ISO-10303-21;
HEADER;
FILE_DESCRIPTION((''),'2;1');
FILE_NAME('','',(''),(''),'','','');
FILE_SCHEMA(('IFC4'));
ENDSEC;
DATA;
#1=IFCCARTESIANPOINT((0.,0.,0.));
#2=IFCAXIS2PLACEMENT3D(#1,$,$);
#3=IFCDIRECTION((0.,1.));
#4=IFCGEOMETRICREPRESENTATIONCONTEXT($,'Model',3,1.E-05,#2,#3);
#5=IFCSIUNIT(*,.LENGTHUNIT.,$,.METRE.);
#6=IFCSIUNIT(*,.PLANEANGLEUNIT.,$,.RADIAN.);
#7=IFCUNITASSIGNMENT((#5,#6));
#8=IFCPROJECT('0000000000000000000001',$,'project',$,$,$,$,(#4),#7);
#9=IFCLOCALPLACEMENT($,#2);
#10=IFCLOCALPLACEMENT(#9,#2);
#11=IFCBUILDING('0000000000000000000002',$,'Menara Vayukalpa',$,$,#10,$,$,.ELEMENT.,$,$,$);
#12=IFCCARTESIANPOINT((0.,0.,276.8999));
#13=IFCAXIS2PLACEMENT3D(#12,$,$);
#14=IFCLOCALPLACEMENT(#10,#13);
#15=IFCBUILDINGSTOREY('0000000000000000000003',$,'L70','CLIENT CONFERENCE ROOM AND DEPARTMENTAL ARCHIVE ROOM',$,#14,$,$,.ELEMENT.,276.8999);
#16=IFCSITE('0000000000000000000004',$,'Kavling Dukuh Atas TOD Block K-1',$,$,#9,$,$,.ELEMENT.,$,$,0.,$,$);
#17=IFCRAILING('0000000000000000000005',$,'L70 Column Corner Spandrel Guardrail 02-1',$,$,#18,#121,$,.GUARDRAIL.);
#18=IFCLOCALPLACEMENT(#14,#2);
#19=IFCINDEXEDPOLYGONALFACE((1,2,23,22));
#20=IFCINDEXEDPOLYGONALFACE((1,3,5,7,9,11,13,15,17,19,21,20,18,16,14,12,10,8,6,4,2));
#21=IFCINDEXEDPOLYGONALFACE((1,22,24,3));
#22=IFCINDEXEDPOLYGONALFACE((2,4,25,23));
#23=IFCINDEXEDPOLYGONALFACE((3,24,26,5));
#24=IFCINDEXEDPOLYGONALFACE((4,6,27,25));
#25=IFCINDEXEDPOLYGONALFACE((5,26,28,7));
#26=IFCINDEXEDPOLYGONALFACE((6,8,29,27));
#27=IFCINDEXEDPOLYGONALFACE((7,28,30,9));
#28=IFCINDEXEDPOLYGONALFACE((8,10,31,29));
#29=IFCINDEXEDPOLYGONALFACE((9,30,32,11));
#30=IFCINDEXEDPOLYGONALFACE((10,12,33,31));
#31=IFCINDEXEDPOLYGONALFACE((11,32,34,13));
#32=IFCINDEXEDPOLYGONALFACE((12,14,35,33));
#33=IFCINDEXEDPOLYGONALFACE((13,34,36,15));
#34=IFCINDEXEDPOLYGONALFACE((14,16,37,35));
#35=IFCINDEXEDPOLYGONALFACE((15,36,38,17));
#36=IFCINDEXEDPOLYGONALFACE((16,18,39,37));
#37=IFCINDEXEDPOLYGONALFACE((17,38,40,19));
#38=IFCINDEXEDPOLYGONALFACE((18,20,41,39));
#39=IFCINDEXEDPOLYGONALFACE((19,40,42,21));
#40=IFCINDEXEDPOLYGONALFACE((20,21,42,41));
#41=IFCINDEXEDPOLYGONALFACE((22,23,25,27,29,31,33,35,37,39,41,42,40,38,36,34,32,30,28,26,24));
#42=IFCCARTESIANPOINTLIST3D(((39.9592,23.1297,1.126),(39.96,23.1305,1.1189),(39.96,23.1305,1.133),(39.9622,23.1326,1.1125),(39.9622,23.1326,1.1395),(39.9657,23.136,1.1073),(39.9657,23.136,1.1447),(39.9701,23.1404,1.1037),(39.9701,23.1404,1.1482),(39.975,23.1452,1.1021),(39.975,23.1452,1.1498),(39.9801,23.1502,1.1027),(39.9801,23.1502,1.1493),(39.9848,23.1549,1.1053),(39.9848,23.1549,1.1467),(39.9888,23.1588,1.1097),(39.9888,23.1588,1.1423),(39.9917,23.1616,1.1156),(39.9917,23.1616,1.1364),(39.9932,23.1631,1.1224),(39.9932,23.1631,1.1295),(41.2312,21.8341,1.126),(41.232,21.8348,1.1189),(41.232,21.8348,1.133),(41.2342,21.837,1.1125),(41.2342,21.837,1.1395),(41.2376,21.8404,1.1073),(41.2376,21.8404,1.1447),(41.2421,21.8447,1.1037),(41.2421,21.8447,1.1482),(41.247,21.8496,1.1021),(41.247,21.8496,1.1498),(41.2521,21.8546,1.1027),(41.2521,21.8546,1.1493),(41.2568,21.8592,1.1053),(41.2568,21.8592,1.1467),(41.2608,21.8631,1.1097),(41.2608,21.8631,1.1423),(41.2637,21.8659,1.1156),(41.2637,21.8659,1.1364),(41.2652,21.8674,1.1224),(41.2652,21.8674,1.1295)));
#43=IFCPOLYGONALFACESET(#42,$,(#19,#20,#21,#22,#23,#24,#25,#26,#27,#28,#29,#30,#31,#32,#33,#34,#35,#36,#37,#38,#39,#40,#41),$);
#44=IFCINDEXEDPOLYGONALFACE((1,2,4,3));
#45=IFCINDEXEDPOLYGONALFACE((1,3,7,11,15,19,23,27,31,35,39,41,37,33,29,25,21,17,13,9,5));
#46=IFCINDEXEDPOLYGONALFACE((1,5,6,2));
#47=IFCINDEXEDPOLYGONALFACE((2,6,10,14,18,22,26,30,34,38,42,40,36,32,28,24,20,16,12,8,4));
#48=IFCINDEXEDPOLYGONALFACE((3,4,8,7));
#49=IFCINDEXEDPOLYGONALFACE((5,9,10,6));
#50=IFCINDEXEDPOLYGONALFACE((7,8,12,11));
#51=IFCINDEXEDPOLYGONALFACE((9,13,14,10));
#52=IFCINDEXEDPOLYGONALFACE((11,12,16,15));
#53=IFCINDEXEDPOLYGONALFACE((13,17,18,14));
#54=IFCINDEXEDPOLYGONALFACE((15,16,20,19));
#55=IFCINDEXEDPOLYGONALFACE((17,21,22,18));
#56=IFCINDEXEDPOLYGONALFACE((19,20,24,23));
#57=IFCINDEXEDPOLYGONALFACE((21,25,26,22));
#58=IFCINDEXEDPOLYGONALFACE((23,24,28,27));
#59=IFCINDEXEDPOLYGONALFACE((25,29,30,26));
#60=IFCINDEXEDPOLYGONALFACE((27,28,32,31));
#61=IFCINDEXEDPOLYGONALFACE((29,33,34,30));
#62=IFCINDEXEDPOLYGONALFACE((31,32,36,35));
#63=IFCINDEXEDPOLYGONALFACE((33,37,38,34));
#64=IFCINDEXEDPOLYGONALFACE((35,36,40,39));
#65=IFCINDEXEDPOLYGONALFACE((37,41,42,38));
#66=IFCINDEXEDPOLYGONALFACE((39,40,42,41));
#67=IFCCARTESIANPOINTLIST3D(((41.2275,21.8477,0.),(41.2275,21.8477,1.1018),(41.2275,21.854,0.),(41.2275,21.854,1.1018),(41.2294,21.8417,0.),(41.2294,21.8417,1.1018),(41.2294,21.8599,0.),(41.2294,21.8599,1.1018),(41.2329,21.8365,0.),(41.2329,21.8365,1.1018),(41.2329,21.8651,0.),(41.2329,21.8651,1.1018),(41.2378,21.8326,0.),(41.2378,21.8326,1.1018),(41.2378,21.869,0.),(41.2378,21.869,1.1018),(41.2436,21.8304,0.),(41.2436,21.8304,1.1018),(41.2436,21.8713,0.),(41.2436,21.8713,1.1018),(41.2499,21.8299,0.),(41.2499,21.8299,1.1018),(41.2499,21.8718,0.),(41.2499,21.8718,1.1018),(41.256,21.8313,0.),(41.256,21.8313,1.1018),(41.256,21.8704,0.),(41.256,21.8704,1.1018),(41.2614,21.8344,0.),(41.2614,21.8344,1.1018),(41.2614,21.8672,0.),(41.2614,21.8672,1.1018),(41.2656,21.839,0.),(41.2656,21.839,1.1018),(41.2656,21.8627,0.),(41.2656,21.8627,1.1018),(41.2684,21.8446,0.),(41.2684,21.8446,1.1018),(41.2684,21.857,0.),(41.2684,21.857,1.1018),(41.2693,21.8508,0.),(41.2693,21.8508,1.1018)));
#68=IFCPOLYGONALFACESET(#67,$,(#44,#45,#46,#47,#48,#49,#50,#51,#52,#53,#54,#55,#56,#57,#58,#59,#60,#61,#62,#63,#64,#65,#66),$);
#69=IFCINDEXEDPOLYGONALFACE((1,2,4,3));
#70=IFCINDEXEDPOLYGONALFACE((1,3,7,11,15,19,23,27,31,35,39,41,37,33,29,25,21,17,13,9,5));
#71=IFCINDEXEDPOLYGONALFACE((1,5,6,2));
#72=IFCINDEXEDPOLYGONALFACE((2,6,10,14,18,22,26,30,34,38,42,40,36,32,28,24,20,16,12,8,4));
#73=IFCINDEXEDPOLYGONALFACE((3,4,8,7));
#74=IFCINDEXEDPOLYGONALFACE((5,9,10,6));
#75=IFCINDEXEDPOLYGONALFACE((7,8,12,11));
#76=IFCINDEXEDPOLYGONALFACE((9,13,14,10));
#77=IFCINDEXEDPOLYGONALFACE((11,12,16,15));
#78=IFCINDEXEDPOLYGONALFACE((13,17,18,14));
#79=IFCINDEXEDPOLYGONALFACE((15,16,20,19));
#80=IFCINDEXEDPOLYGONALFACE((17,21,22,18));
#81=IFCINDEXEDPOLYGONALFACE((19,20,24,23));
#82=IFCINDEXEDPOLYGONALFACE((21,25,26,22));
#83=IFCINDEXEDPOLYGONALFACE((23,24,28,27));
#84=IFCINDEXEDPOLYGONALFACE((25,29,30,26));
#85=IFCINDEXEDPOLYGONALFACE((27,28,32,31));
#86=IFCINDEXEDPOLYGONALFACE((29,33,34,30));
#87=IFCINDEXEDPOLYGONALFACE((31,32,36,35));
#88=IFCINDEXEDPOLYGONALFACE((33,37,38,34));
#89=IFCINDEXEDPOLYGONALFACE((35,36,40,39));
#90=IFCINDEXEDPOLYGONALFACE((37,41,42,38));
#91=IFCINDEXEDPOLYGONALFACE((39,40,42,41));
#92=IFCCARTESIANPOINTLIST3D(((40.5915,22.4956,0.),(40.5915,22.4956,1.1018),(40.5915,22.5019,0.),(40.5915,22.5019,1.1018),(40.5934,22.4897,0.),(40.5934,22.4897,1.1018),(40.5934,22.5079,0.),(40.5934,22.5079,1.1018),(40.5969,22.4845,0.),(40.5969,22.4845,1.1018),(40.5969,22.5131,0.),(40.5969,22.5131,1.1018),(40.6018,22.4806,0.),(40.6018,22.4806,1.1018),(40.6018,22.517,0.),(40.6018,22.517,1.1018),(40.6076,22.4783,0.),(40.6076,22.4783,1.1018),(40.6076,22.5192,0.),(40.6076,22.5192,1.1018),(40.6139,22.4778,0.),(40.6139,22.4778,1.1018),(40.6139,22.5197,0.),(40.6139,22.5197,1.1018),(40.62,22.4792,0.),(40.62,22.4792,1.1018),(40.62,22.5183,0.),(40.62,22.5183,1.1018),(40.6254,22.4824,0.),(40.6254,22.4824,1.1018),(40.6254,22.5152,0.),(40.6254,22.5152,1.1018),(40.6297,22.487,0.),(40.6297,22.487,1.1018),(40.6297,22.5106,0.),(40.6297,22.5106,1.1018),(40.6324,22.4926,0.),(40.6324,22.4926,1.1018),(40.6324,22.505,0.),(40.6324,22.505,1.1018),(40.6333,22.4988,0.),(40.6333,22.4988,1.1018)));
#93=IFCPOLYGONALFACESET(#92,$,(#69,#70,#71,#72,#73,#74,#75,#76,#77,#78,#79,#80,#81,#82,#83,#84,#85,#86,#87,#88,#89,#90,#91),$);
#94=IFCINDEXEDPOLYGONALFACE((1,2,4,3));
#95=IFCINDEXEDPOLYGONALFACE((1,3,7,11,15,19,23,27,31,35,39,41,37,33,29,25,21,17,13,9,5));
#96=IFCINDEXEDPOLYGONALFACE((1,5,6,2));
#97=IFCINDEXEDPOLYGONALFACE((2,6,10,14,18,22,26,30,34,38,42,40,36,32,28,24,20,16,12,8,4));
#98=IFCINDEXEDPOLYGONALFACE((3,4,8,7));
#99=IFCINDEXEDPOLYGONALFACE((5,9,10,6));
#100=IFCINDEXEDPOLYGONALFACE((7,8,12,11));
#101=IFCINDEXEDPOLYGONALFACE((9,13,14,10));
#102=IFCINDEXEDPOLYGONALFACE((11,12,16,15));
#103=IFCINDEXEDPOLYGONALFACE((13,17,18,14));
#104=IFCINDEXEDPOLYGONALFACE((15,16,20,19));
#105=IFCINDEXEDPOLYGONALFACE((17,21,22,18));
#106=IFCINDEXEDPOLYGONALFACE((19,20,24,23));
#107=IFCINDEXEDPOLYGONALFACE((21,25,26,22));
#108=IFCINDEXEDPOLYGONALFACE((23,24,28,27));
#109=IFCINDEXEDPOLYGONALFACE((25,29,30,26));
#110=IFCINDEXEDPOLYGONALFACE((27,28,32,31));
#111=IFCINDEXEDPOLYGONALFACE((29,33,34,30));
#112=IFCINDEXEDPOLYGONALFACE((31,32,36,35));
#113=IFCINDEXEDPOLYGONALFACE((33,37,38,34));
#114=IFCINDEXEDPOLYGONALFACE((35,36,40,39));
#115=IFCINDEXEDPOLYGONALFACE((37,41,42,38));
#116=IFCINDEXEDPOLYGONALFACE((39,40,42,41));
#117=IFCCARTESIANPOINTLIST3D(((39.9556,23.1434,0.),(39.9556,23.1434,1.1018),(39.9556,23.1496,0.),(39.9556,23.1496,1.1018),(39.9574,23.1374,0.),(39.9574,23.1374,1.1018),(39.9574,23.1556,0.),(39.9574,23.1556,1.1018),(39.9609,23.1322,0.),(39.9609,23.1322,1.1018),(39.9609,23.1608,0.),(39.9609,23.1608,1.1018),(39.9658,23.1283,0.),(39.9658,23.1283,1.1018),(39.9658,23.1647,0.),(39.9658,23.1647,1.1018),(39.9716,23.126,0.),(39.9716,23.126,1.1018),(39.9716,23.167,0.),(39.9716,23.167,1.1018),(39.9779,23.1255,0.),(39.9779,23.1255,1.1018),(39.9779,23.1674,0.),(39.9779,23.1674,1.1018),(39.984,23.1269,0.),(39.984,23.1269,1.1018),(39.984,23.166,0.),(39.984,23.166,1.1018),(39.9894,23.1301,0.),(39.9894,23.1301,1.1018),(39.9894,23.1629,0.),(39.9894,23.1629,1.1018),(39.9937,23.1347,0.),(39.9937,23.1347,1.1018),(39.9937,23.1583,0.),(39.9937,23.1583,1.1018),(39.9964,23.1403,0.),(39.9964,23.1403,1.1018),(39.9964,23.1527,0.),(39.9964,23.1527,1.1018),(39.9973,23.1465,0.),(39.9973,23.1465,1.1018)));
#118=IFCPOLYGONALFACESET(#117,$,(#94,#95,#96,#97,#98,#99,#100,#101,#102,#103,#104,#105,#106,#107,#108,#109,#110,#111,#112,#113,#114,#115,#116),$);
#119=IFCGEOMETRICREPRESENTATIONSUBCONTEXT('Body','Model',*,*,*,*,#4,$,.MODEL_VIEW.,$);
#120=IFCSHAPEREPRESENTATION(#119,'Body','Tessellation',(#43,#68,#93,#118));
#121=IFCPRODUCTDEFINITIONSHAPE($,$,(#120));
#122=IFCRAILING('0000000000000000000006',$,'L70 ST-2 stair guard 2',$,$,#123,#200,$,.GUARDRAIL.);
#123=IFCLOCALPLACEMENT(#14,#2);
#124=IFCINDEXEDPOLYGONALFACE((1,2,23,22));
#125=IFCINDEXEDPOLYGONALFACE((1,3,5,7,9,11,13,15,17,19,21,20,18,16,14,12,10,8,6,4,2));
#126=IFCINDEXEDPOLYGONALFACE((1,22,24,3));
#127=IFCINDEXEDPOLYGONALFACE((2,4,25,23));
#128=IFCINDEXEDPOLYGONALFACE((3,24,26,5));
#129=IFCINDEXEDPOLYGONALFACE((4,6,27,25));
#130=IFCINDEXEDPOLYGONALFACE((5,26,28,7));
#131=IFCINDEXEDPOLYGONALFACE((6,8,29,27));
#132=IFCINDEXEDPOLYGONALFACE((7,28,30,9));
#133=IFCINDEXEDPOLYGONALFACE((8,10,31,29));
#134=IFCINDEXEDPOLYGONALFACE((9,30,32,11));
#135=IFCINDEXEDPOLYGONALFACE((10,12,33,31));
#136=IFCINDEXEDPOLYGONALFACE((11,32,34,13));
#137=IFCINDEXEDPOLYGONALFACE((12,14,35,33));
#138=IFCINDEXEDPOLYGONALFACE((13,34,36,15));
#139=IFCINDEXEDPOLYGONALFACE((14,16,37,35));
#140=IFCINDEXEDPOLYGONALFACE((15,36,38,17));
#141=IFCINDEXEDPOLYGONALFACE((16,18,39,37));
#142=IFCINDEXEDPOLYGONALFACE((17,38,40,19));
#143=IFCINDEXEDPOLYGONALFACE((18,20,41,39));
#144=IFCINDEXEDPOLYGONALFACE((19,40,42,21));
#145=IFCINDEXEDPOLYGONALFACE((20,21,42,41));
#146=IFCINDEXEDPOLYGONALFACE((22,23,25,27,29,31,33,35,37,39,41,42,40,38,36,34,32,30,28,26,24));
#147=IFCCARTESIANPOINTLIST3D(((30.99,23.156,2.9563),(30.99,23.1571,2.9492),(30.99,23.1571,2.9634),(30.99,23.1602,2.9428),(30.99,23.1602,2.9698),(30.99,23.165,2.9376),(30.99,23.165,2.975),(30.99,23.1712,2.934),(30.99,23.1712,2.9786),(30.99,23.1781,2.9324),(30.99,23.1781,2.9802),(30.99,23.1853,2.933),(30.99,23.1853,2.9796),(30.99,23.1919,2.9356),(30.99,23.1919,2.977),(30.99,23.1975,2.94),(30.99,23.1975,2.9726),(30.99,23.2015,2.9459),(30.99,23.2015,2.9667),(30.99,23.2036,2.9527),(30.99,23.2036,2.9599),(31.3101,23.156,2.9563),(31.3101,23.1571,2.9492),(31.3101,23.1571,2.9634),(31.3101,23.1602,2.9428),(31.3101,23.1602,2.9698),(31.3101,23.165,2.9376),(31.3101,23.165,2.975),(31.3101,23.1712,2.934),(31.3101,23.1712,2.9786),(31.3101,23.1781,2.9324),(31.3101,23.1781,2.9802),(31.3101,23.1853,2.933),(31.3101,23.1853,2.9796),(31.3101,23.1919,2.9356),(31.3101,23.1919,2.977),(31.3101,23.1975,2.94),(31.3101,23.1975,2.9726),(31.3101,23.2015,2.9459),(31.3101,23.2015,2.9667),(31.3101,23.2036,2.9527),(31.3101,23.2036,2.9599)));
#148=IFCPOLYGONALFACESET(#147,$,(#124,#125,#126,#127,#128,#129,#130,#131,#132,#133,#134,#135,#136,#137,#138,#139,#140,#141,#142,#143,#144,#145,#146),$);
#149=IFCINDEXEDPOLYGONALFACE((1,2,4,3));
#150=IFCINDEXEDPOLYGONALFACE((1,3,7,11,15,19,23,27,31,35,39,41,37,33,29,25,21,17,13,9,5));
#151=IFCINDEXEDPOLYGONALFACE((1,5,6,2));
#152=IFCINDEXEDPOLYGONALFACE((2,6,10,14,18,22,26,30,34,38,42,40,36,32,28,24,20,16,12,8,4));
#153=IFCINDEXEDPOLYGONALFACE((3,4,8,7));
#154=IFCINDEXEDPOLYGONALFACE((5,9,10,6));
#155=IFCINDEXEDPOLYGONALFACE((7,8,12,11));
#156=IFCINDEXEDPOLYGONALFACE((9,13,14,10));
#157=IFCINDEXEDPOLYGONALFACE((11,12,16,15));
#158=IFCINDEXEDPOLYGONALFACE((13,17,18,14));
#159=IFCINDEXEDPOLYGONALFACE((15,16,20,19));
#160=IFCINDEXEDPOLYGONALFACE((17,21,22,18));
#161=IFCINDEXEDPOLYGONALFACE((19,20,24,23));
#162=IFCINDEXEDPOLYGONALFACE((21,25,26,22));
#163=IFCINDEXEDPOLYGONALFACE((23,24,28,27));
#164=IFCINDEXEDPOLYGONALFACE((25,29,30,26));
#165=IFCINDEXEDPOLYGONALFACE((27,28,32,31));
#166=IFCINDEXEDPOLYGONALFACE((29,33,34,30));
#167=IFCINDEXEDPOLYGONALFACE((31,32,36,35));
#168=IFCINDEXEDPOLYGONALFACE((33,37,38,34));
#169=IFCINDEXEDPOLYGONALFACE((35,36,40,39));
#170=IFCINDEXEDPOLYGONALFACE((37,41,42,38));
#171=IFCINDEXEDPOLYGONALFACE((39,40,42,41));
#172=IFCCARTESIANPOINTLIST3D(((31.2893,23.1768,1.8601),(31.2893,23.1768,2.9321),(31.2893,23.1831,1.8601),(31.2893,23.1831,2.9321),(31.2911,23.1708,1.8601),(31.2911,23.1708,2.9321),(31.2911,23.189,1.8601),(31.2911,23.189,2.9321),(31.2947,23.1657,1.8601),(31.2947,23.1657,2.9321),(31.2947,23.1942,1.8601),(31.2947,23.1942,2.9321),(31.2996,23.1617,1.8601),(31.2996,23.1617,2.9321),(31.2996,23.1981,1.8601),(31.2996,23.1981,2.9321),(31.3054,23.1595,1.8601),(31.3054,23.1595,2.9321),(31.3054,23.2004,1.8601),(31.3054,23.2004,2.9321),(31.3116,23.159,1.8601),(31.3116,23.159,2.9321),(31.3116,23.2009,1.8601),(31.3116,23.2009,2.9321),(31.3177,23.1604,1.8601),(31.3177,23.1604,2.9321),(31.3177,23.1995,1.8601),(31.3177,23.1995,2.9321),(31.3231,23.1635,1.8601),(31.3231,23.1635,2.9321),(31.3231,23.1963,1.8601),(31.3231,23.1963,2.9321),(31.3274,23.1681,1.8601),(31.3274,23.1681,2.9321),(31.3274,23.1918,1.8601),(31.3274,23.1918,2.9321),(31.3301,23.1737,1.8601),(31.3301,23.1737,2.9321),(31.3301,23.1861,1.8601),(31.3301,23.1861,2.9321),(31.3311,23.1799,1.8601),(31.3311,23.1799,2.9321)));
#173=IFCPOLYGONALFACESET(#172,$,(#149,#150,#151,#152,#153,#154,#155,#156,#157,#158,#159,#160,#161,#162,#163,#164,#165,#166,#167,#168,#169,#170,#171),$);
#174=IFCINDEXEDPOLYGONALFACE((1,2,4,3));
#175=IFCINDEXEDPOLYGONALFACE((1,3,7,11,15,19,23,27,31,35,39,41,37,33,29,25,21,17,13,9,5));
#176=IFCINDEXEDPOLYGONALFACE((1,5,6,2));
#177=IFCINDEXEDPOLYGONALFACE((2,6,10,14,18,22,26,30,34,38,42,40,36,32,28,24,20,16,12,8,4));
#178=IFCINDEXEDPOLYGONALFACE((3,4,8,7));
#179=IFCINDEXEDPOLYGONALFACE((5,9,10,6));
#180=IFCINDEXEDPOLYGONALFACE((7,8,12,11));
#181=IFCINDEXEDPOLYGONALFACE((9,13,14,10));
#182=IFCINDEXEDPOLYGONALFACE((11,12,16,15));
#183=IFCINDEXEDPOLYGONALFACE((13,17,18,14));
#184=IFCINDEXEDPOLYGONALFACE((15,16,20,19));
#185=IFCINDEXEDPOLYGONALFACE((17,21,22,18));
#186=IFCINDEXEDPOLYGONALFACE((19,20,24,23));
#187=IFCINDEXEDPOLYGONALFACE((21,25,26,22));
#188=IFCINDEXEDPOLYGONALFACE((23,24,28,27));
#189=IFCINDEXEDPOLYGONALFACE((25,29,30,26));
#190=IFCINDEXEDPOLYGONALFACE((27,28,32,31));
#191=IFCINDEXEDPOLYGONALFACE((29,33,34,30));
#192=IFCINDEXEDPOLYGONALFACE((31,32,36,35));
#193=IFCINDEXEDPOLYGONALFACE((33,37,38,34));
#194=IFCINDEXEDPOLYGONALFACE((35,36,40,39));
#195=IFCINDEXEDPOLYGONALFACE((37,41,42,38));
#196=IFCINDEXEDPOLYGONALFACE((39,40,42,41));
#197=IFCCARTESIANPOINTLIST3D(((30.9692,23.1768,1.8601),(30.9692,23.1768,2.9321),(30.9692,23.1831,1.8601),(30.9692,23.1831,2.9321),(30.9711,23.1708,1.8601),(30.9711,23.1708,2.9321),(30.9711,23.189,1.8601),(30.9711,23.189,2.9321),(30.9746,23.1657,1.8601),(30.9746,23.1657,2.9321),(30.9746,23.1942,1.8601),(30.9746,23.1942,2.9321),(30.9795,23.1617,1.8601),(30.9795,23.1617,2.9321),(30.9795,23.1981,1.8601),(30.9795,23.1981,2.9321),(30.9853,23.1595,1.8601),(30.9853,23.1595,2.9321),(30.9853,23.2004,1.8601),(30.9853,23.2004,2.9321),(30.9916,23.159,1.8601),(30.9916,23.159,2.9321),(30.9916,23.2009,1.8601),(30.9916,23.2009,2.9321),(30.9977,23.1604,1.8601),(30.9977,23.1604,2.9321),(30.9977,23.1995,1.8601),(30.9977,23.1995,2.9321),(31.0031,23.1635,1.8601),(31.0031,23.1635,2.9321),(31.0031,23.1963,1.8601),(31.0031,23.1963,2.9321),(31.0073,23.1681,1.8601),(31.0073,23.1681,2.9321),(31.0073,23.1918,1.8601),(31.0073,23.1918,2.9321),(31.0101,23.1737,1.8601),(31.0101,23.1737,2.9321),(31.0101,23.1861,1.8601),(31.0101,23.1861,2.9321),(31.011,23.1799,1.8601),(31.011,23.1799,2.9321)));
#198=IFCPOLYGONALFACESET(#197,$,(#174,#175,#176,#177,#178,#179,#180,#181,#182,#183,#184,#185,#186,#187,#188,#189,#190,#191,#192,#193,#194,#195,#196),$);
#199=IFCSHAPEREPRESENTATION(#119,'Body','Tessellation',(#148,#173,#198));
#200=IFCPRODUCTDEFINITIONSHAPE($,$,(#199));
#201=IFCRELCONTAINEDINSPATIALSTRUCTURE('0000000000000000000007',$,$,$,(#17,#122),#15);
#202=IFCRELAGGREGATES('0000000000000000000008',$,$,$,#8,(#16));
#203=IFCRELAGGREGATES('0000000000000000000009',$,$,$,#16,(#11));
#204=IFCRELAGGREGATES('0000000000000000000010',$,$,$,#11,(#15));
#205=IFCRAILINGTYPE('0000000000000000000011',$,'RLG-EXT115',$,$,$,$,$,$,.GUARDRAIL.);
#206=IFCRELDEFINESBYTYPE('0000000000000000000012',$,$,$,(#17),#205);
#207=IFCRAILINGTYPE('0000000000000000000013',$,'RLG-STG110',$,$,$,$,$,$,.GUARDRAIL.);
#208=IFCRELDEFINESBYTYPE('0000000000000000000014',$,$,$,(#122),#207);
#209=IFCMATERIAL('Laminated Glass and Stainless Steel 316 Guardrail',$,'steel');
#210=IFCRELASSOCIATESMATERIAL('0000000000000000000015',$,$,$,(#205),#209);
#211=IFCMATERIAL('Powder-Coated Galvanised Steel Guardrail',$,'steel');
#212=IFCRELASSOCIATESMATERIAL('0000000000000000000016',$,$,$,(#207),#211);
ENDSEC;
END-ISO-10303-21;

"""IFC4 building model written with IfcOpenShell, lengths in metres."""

from ifc_helpers import new_model, si_unit, direction, frame, origin, origin_2d, place, context, subcontext, project, spatial, circle, extrude, material, type_object, element, save


model = new_model("IFC4")

# Units and contexts
model_context = context("Model", 3, precision=1e-05, world=origin(), true_north=direction((0.0, 1.0)))
body_context = subcontext(model_context, "Body", "Model", "MODEL_VIEW")
ifc_project = project(units=[si_unit("LENGTHUNIT", "METRE"), si_unit("PLANEANGLEUNIT", "RADIAN")], contexts=[model_context])

# Site, building, storey
site_placement = place(None, origin())
site = spatial("IfcSite", under=ifc_project, at=site_placement, Name="Kavling Dukuh Atas TOD Block K-1", CompositionType="ELEMENT", RefElevation=0.0)
building_placement = place(site_placement, origin())
building = spatial("IfcBuilding", under=site, at=building_placement, Name="Menara Vayukalpa", CompositionType="ELEMENT")
storey_placement = place(building_placement, frame((0.0, 0.0, 276.8999)))
storey = spatial("IfcBuildingStorey", under=building, at=storey_placement, Name="L70", Description="CLIENT CONFERENCE ROOM AND DEPARTMENTAL ARCHIVE ROOM", CompositionType="ELEMENT", Elevation=276.8999)

# Railings
ifc_material_1 = material(Name="Laminated Glass and Stainless Steel 316 Guardrail", Category="steel")
railing_type_1 = type_object("IfcRailingType", Name="RLG-EXT115", PredefinedType="GUARDRAIL", material=ifc_material_1)
railing_1_placement = place(storey_placement, frame((41.2483, 21.8508, 0.0)))
element("IfcRailing", 1, at=railing_1_placement, inside=storey, type_object=railing_type_1, Name="L70 Column Corner Spandrel Guardrail 02-1", PredefinedType="GUARDRAIL", context=body_context, shape_type="SweptSolid", body=[
    extrude(circle(Radius=0.0239, at=origin_2d()), frame((0.0, 0.0, 1.126), z_axis=(-0.700555, 0.713598, 0.0), x_axis=(-0.713598, -0.700555, 0.0)), (0.0, 0.0, 1.0), 1.8157),
    extrude(circle(Radius=0.021, at=origin_2d()), origin(), (0.0, 0.0, 1.0), 1.1018),
    extrude(circle(Radius=0.021, at=origin_2d()), frame((-0.636, 0.6479, 0.0)), (0.0, 0.0, 1.0), 1.1018),
    extrude(circle(Radius=0.021, at=origin_2d()), frame((-1.272, 1.2957, 0.0)), (0.0, 0.0, 1.0), 1.1018),
])
ifc_material_2 = material(Name="Powder-Coated Galvanised Steel Guardrail", Category="steel")
railing_type_2 = type_object("IfcRailingType", Name="RLG-STG110", PredefinedType="GUARDRAIL", material=ifc_material_2)
railing_2_placement = place(storey_placement, frame((31.3101, 23.1799, 1.8601)))
element("IfcRailing", 2, at=railing_2_placement, inside=storey, type_object=railing_type_2, Name="L70 ST-2 stair guard 2", PredefinedType="GUARDRAIL", context=body_context, shape_type="SweptSolid", body=[
    extrude(circle(Radius=0.0239, at=origin_2d()), frame((0.0, 0.0, 1.0962), z_axis=(-1.0, 0.0, 0.0), x_axis=(0.0, -1.0, 0.0)), (0.0, 0.0, 1.0), 0.3201),
    extrude(circle(Radius=0.021, at=origin_2d()), origin(), (0.0, 0.0, 1.0), 1.072),
    extrude(circle(Radius=0.021, at=origin_2d()), frame((-0.3201, 0.0, 0.0)), (0.0, 0.0, 1.0), 1.072),
])

save(model, "model.ifc")
